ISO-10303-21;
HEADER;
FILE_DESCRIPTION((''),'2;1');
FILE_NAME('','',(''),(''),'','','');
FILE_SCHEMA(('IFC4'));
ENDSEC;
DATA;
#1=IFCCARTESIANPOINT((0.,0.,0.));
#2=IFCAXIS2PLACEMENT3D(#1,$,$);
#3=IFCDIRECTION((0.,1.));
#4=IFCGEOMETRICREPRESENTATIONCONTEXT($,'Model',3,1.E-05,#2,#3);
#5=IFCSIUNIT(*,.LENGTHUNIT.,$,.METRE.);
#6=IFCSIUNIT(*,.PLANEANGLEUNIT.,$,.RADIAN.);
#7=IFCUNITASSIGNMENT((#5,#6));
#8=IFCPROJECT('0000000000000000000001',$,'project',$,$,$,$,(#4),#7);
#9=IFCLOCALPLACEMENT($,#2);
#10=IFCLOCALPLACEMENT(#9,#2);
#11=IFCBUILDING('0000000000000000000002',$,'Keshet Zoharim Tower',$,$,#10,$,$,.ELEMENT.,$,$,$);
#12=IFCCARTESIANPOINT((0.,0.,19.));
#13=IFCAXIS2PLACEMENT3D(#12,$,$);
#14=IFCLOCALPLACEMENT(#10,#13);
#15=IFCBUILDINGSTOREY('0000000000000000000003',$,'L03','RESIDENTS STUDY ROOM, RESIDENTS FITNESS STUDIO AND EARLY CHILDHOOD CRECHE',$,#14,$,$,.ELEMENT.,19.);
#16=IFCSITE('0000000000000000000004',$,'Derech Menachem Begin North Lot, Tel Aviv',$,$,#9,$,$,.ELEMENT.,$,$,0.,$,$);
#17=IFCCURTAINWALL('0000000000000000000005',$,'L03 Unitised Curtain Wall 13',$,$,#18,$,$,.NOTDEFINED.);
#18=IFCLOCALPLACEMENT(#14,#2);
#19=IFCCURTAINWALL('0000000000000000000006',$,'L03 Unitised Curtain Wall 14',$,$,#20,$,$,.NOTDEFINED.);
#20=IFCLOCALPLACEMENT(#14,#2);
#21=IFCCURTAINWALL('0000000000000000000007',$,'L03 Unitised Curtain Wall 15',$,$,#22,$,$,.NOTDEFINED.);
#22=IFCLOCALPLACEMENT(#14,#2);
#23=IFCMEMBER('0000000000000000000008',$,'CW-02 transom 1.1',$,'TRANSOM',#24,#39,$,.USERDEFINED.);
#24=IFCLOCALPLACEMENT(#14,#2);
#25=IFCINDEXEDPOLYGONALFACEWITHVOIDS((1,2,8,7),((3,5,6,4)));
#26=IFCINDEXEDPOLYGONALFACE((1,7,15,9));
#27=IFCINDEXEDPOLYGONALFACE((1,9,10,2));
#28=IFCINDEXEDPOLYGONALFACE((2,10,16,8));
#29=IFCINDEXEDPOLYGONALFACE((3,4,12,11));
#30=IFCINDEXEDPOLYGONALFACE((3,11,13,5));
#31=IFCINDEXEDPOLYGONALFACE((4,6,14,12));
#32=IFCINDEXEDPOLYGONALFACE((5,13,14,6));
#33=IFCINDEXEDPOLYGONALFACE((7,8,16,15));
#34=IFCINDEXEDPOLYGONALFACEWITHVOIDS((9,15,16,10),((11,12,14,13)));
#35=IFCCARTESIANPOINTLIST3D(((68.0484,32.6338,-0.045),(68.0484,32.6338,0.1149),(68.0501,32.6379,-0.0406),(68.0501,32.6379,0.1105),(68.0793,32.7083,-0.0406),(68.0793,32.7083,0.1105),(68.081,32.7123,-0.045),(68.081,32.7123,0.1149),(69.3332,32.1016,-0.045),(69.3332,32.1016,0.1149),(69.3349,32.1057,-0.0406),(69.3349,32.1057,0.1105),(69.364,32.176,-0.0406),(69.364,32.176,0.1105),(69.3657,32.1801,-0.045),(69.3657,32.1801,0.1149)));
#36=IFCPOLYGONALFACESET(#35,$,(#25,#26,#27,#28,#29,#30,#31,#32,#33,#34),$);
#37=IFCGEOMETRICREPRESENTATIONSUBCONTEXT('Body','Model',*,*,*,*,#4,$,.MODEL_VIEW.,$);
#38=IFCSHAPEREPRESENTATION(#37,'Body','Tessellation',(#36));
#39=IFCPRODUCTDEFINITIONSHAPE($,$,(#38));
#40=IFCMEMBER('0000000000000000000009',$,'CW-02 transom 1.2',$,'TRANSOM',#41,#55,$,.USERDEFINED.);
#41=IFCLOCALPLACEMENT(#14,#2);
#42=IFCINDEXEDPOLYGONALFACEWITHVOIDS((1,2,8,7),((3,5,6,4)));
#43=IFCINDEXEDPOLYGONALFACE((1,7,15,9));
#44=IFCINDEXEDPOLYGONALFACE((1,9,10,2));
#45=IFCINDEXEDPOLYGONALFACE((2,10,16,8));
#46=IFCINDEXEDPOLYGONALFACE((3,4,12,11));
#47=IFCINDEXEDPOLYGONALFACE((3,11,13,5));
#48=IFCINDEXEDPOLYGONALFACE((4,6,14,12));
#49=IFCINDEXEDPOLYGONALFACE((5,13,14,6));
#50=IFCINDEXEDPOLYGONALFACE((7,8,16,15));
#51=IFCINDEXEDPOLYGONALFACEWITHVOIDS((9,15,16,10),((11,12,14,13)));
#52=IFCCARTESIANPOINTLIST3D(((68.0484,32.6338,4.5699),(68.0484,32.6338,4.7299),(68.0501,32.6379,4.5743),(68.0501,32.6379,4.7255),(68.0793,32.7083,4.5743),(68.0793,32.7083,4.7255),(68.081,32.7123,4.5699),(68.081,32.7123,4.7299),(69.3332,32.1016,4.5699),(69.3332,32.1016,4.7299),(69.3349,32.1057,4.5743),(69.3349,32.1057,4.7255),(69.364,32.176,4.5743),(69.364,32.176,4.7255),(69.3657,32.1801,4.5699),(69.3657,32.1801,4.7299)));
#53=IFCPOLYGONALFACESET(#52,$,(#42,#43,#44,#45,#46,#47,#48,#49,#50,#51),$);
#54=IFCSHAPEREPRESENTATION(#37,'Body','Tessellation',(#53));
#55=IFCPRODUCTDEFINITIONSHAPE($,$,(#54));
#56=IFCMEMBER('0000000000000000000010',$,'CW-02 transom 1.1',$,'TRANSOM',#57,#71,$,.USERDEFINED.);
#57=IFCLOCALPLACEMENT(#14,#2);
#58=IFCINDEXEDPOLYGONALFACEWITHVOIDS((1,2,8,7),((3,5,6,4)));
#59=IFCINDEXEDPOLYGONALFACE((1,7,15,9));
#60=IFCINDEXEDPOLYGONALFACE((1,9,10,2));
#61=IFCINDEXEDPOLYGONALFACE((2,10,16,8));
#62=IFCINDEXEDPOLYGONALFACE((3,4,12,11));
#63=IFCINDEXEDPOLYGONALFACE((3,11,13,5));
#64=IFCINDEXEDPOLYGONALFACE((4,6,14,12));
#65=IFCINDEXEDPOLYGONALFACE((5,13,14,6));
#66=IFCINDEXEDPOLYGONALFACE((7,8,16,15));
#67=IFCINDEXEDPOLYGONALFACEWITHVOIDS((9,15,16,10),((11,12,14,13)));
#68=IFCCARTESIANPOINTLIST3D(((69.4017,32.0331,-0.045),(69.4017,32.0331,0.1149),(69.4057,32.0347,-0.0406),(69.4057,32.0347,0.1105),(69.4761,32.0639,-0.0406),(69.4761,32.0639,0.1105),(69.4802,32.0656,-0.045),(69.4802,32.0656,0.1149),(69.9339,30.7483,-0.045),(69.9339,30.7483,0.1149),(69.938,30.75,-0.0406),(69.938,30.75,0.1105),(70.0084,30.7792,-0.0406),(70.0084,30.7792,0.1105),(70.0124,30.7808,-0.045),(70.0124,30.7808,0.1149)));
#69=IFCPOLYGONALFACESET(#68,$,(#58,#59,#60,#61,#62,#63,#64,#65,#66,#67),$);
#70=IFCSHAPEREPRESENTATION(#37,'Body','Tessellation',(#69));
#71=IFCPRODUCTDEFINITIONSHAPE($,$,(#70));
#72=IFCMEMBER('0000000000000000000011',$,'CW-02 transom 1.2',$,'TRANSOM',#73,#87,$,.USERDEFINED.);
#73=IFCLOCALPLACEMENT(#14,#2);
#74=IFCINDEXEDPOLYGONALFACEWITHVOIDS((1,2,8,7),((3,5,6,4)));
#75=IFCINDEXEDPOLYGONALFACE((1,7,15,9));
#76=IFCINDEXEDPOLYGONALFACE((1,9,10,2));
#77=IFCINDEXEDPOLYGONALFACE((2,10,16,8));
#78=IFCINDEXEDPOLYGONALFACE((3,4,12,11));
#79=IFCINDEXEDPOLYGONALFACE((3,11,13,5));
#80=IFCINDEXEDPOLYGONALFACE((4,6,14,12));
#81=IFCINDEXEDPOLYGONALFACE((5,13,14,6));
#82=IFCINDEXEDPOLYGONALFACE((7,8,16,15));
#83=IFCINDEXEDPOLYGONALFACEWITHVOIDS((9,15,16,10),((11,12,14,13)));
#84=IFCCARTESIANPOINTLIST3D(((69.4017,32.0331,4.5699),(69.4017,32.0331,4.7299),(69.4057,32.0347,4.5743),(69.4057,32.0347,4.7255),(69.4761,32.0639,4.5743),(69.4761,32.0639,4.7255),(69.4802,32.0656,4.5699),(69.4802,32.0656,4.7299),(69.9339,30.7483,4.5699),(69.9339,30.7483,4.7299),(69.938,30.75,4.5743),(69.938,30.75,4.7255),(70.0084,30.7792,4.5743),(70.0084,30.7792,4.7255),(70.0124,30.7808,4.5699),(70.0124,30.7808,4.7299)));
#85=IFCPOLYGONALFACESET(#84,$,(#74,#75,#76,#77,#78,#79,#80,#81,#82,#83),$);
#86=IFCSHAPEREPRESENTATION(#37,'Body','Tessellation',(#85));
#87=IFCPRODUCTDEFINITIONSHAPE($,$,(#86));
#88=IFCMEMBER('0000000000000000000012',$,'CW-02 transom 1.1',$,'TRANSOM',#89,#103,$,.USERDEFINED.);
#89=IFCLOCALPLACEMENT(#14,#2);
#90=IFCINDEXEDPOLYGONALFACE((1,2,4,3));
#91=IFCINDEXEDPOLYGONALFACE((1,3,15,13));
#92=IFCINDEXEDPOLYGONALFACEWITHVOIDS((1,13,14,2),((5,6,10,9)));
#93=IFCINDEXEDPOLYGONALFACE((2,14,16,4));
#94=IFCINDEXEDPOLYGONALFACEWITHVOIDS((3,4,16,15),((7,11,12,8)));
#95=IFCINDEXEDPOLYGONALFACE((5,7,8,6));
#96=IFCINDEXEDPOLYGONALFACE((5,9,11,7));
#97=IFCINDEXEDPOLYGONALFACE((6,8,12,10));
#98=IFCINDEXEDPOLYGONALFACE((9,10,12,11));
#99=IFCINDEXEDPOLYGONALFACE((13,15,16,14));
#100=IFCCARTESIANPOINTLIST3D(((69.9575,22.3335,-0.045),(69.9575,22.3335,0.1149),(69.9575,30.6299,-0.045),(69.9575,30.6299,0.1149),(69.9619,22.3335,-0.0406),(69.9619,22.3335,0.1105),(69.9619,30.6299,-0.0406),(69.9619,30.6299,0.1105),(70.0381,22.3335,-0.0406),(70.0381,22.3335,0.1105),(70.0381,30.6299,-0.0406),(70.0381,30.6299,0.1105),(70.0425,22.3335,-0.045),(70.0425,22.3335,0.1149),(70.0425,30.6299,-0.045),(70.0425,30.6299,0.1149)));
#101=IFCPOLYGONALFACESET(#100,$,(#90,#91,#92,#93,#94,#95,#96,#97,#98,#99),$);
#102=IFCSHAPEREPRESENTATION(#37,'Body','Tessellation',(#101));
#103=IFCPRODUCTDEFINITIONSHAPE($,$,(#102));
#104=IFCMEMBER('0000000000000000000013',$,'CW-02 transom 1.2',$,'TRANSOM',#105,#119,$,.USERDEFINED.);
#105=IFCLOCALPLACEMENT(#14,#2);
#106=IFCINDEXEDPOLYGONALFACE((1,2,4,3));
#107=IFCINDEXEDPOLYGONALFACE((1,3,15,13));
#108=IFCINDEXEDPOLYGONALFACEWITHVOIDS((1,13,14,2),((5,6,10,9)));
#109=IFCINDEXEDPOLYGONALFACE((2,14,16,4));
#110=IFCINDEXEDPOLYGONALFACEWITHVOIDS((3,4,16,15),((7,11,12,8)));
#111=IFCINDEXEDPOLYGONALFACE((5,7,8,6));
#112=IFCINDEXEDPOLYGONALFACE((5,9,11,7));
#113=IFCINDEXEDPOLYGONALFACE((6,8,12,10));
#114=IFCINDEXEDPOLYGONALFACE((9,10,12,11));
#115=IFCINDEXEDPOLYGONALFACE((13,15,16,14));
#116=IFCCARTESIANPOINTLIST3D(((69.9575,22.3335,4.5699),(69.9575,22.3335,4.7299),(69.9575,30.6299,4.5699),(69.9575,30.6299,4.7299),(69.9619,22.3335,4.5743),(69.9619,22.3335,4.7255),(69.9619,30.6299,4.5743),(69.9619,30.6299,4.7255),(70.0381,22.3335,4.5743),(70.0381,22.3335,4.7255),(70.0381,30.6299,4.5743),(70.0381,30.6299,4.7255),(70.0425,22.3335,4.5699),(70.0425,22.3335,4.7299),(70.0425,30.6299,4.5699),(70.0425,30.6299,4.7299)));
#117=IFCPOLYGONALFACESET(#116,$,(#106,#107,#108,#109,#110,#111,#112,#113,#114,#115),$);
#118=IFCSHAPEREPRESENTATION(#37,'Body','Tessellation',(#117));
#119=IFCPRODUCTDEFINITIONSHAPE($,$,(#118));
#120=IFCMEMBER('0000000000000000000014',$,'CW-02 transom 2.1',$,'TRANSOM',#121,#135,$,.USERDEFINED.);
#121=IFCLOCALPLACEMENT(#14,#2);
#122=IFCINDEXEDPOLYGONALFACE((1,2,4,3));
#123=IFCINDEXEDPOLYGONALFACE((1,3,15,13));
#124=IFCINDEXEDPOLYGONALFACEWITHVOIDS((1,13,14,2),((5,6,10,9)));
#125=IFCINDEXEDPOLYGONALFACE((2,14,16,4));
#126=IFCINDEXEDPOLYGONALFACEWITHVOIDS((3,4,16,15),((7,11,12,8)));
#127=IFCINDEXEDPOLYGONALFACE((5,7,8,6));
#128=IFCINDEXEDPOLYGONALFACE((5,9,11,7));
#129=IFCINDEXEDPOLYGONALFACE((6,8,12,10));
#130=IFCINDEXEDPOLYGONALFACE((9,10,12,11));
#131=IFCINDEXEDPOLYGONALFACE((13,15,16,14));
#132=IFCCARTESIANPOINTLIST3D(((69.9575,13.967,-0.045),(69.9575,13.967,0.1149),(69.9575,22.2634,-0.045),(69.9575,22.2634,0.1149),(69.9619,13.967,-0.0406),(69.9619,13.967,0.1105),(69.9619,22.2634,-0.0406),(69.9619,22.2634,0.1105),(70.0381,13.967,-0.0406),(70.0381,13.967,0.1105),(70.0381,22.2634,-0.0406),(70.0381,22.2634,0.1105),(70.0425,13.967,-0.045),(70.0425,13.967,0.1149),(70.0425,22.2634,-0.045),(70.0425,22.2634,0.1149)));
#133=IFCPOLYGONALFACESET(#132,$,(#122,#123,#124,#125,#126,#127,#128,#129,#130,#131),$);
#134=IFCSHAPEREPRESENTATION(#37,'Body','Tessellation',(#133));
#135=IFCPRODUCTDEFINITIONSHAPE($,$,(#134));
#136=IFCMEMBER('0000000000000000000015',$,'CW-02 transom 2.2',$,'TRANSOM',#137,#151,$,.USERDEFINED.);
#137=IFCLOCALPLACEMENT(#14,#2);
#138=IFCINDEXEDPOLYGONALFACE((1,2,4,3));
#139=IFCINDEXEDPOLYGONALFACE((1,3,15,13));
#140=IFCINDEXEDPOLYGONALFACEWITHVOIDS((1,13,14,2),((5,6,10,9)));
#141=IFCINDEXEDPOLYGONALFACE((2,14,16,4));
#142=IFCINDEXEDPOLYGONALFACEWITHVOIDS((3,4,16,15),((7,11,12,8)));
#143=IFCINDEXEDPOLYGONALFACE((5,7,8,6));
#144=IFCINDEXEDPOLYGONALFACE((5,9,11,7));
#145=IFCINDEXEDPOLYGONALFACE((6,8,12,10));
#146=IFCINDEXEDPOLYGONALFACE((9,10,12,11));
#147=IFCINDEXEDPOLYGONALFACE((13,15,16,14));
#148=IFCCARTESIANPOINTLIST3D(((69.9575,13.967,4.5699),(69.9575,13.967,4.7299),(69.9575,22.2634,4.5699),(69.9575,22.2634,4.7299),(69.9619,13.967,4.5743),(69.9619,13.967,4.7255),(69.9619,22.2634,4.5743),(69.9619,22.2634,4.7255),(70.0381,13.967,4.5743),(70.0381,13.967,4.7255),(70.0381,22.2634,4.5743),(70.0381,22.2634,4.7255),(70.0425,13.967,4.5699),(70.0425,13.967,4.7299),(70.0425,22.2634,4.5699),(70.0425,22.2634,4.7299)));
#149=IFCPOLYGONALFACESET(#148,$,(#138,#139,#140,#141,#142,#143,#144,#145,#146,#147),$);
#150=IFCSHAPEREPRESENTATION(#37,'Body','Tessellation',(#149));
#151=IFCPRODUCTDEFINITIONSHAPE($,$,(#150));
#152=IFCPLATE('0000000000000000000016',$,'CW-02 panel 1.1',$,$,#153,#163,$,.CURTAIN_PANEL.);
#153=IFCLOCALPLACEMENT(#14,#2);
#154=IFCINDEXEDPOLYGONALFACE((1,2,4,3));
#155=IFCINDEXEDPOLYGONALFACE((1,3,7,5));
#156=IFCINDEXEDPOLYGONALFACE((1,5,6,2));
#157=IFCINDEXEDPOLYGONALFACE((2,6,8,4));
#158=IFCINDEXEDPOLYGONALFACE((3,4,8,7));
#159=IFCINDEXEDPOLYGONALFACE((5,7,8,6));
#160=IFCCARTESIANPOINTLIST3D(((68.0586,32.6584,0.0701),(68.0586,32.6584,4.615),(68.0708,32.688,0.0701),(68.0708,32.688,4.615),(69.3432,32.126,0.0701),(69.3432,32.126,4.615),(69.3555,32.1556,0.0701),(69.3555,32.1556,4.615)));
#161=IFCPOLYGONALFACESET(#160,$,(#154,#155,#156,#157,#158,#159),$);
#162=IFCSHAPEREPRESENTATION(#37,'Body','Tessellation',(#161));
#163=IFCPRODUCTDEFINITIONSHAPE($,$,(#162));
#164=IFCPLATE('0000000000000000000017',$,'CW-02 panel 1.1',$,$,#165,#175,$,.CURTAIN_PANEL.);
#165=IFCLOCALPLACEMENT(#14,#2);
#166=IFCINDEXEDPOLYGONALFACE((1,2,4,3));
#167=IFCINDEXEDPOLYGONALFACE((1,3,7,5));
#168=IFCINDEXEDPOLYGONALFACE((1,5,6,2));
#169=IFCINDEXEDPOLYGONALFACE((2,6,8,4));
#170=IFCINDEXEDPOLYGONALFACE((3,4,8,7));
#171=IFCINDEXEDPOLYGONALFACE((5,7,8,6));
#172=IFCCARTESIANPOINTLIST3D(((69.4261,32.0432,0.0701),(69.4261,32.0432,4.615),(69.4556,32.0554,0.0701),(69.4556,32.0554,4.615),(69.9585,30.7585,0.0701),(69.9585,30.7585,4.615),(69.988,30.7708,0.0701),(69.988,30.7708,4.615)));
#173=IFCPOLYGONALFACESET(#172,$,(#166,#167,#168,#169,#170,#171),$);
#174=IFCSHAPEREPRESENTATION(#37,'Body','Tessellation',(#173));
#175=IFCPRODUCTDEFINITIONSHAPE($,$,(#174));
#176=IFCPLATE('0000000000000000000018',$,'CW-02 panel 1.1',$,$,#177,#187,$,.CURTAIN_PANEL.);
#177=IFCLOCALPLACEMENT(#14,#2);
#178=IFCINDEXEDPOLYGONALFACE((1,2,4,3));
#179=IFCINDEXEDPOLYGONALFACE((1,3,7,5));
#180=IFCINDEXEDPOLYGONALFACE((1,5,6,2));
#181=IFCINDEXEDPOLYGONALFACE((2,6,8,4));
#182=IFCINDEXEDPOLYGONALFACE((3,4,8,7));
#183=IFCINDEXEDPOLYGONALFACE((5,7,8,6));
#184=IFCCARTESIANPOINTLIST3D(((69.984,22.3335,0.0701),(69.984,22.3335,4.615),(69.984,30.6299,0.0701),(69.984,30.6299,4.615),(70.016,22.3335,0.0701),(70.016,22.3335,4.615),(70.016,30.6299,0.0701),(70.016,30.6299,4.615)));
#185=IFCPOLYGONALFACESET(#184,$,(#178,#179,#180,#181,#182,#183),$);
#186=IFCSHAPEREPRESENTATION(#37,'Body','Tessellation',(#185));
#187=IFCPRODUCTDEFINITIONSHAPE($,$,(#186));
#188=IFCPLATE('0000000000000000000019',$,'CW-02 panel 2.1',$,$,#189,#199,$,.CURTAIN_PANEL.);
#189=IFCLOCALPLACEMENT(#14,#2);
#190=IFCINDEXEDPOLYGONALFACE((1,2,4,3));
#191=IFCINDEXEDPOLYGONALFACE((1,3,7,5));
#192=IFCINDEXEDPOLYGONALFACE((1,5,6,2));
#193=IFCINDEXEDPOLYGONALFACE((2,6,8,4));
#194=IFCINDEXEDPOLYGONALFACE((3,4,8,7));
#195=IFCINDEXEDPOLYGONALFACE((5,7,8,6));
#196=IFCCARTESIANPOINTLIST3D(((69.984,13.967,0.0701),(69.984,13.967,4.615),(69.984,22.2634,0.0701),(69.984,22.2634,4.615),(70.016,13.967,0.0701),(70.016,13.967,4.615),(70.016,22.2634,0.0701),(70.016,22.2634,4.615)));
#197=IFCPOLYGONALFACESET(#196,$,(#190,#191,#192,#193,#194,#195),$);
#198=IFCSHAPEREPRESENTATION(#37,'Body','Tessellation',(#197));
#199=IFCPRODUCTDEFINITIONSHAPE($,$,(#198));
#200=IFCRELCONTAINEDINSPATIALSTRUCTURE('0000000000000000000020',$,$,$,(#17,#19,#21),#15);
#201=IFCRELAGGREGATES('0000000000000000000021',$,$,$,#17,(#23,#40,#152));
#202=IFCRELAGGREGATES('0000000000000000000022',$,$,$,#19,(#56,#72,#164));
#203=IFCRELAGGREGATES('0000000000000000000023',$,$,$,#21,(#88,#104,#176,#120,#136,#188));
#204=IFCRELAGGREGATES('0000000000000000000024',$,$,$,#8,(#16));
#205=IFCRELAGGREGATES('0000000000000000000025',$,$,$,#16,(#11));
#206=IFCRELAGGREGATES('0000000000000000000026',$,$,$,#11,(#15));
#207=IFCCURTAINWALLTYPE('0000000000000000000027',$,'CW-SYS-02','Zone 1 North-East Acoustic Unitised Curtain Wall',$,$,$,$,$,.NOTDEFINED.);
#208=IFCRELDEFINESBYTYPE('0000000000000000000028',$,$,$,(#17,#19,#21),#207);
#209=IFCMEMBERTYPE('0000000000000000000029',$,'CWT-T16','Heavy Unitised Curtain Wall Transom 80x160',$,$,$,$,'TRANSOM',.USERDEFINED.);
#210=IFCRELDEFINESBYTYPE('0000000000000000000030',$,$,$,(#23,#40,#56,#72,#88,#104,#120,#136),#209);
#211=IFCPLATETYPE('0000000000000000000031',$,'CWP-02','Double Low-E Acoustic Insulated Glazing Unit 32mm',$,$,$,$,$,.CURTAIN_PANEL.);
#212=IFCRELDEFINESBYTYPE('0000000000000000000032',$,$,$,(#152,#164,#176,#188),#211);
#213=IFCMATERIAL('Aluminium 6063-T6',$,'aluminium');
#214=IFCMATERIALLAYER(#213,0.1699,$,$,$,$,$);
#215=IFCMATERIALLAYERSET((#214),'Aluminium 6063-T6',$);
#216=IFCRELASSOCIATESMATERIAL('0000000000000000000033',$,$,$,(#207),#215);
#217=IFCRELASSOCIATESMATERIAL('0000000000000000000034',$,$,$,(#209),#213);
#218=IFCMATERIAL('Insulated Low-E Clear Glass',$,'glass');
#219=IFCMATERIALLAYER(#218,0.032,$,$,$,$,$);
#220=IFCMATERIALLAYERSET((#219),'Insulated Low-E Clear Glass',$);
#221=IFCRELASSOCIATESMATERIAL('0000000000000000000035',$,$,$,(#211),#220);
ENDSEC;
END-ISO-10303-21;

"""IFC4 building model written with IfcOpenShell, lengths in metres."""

from ifc_helpers import new_model, si_unit, direction, frame, origin, origin_2d, place, context, subcontext, project, spatial, rectangle, hollow_rectangle, extrude, material, layer, layer_set, material_profile, profile_set, type_object, element, aggregate, save


model = new_model("IFC4")

# Units and contexts
model_context = context("Model", 3, precision=1e-05, world=origin(), true_north=direction((0.0, 1.0)))
body_context = subcontext(model_context, "Body", "Model", "MODEL_VIEW")
ifc_project = project(units=[si_unit("LENGTHUNIT", "METRE"), si_unit("PLANEANGLEUNIT", "RADIAN")], contexts=[model_context])

# Site, building, storey
site_placement = place(None, origin())
site = spatial("IfcSite", under=ifc_project, at=site_placement, Name="Derech Menachem Begin North Lot, Tel Aviv", CompositionType="ELEMENT", RefElevation=0.0)
building_placement = place(site_placement, origin())
building = spatial("IfcBuilding", under=site, at=building_placement, Name="Keshet Zoharim Tower", CompositionType="ELEMENT")
storey_placement = place(building_placement, frame((0.0, 0.0, 19.0)))
storey = spatial("IfcBuildingStorey", under=building, at=storey_placement, Name="L03", Description="RESIDENTS STUDY ROOM, RESIDENTS FITNESS STUDIO AND EARLY CHILDHOOD CRECHE", CompositionType="ELEMENT", Elevation=19.0)

# Curtain wall
ifc_material_1 = material(Name="Aluminium 6063-T6", Category="aluminium")
ifc_layer_1 = layer(ifc_material_1, 0.1699)
ifc_layer_set_1 = layer_set([ifc_layer_1], Name="Aluminium 6063-T6")
curtain_wall_type = type_object("IfcCurtainWallType", Name="CW-SYS-02", Description="Zone 1 North-East Acoustic Unitised Curtain Wall", PredefinedType="NOTDEFINED", material=ifc_layer_set_1)
curtain_wall_1_placement = place(storey_placement, origin())
curtain_wall_1 = element("IfcCurtainWall", 1, at=curtain_wall_1_placement, inside=storey, type_object=curtain_wall_type, Name="L03 Unitised Curtain Wall 13", PredefinedType="NOTDEFINED")

# Curtain walls
curtain_wall_2_placement = place(storey_placement, origin())
curtain_wall_2 = element("IfcCurtainWall", 2, at=curtain_wall_2_placement, inside=storey, type_object=curtain_wall_type, Name="L03 Unitised Curtain Wall 14", PredefinedType="NOTDEFINED")
curtain_wall_3_placement = place(storey_placement, origin())
curtain_wall_3 = element("IfcCurtainWall", 3, at=curtain_wall_3_placement, inside=storey, type_object=curtain_wall_type, Name="L03 Unitised Curtain Wall 15", PredefinedType="NOTDEFINED")

# Members
ifc_material_profile_1 = material_profile(ifc_material_1, hollow_rectangle(XDim=0.085, YDim=0.1599, WallThickness=0.0044, at=origin_2d()), Name="TRN-85x160")
ifc_profile_set_1 = profile_set([ifc_material_profile_1], Name="Aluminium 6063-T6")
member_type_1 = type_object("IfcMemberType", Name="CWT-T16", Description="Heavy Unitised Curtain Wall Transom 80x160", ElementType="TRANSOM", PredefinedType="USERDEFINED", material=ifc_profile_set_1)
member_1_placement = place(storey_placement, frame((68.0647, 32.6731, 0.0349), z_axis=(0.923854, -0.382745, 0.0), x_axis=(0.382745, 0.923854, 0.0)))
member_1 = element("IfcMember", 4, at=member_1_placement, type_object=member_type_1, Name="CW-02 transom 1.1", ObjectType="TRANSOM", PredefinedType="USERDEFINED", context=body_context, shape_type="SweptSolid", body=[
    extrude(hollow_rectangle(XDim=0.085, YDim=0.1599, WallThickness=0.0044, at=origin_2d()), origin(), (0.0, 0.0, 1.0), 1.3906),
])
member_2_placement = place(storey_placement, frame((68.0647, 32.6731, 4.6499), z_axis=(0.923854, -0.382745, 0.0), x_axis=(0.382745, 0.923854, 0.0)))
member_2 = element("IfcMember", 5, at=member_2_placement, type_object=member_type_1, Name="CW-02 transom 1.2", ObjectType="TRANSOM", PredefinedType="USERDEFINED", context=body_context, shape_type="SweptSolid", body=[
    extrude(hollow_rectangle(XDim=0.085, YDim=0.1599, WallThickness=0.0044, at=origin_2d()), origin(), (0.0, 0.0, 1.0), 1.3906),
])
member_3_placement = place(storey_placement, frame((69.4409, 32.0493, 0.0349), z_axis=(0.382745, -0.923854, 0.0), x_axis=(0.923854, 0.382745, 0.0)))
member_3 = element("IfcMember", 6, at=member_3_placement, type_object=member_type_1, Name="CW-02 transom 1.1", ObjectType="TRANSOM", PredefinedType="USERDEFINED", context=body_context, shape_type="SweptSolid", body=[
    extrude(hollow_rectangle(XDim=0.085, YDim=0.1599, WallThickness=0.0044, at=origin_2d()), origin(), (0.0, 0.0, 1.0), 1.3906),
])
member_4_placement = place(storey_placement, frame((69.4409, 32.0493, 4.6499), z_axis=(0.382745, -0.923854, 0.0), x_axis=(0.923854, 0.382745, 0.0)))
member_4 = element("IfcMember", 7, at=member_4_placement, type_object=member_type_1, Name="CW-02 transom 1.2", ObjectType="TRANSOM", PredefinedType="USERDEFINED", context=body_context, shape_type="SweptSolid", body=[
    extrude(hollow_rectangle(XDim=0.085, YDim=0.1599, WallThickness=0.0044, at=origin_2d()), origin(), (0.0, 0.0, 1.0), 1.3906),
])
member_5_placement = place(storey_placement, frame((70.0, 30.6299, 0.0349), z_axis=(0.0, -1.0, 0.0), x_axis=(1.0, 0.0, 0.0)))
member_5 = element("IfcMember", 8, at=member_5_placement, type_object=member_type_1, Name="CW-02 transom 1.1", ObjectType="TRANSOM", PredefinedType="USERDEFINED", context=body_context, shape_type="SweptSolid", body=[
    extrude(hollow_rectangle(XDim=0.085, YDim=0.1599, WallThickness=0.0044, at=origin_2d()), origin(), (0.0, 0.0, 1.0), 8.2964),
])
member_6_placement = place(storey_placement, frame((70.0, 30.6299, 4.6499), z_axis=(0.0, -1.0, 0.0), x_axis=(1.0, 0.0, 0.0)))
member_6 = element("IfcMember", 9, at=member_6_placement, type_object=member_type_1, Name="CW-02 transom 1.2", ObjectType="TRANSOM", PredefinedType="USERDEFINED", context=body_context, shape_type="SweptSolid", body=[
    extrude(hollow_rectangle(XDim=0.085, YDim=0.1599, WallThickness=0.0044, at=origin_2d()), origin(), (0.0, 0.0, 1.0), 8.2964),
])
member_7_placement = place(storey_placement, frame((70.0, 22.2634, 0.0349), z_axis=(0.0, -1.0, 0.0), x_axis=(1.0, 0.0, 0.0)))
member_7 = element("IfcMember", 10, at=member_7_placement, type_object=member_type_1, Name="CW-02 transom 2.1", ObjectType="TRANSOM", PredefinedType="USERDEFINED", context=body_context, shape_type="SweptSolid", body=[
    extrude(hollow_rectangle(XDim=0.085, YDim=0.1599, WallThickness=0.0044, at=origin_2d()), origin(), (0.0, 0.0, 1.0), 8.2964),
])
member_8_placement = place(storey_placement, frame((70.0, 22.2634, 4.6499), z_axis=(0.0, -1.0, 0.0), x_axis=(1.0, 0.0, 0.0)))
member_8 = element("IfcMember", 11, at=member_8_placement, type_object=member_type_1, Name="CW-02 transom 2.2", ObjectType="TRANSOM", PredefinedType="USERDEFINED", context=body_context, shape_type="SweptSolid", body=[
    extrude(hollow_rectangle(XDim=0.085, YDim=0.1599, WallThickness=0.0044, at=origin_2d()), origin(), (0.0, 0.0, 1.0), 8.2964),
])

# Plates
ifc_material_2 = material(Name="Insulated Low-E Clear Glass", Category="glass")
ifc_layer_2 = layer(ifc_material_2, 0.032)
ifc_layer_set_2 = layer_set([ifc_layer_2], Name="Insulated Low-E Clear Glass")
plate_type = type_object("IfcPlateType", Name="CWP-02", Description="Double Low-E Acoustic Insulated Glazing Unit 32mm", PredefinedType="CURTAIN_PANEL", material=ifc_layer_set_2)
plate_1_placement = place(storey_placement, frame((68.707, 32.407, 0.0701), z_axis=(0.0, 0.0, 1.0), x_axis=(0.92381, -0.382852, 0.0)))
plate_1 = element("IfcPlate", 12, at=plate_1_placement, type_object=plate_type, Name="CW-02 panel 1.1", PredefinedType="CURTAIN_PANEL", context=body_context, shape_type="SweptSolid", body=[
    extrude(rectangle(XDim=1.3906, YDim=0.032, at=origin_2d()), origin(), (0.0, 0.0, 1.0), 4.5449),
])
aggregate(curtain_wall_1, [member_1, member_2, plate_1])
plate_2_placement = place(storey_placement, frame((69.707, 31.407, 0.0701), z_axis=(0.0, 0.0, 1.0), x_axis=(0.382852, -0.92381, 0.0)))
plate_2 = element("IfcPlate", 13, at=plate_2_placement, type_object=plate_type, Name="CW-02 panel 1.1", PredefinedType="CURTAIN_PANEL", context=body_context, shape_type="SweptSolid", body=[
    extrude(rectangle(XDim=1.3906, YDim=0.032, at=origin_2d()), origin(), (0.0, 0.0, 1.0), 4.5449),
])
aggregate(curtain_wall_2, [member_3, member_4, plate_2])
plate_3_placement = place(storey_placement, frame((70.0, 26.4817, 0.0701), z_axis=(0.0, 0.0, 1.0), x_axis=(0.0, -1.0, 0.0)))
plate_3 = element("IfcPlate", 14, at=plate_3_placement, type_object=plate_type, Name="CW-02 panel 1.1", PredefinedType="CURTAIN_PANEL", context=body_context, shape_type="SweptSolid", body=[
    extrude(rectangle(XDim=8.2964, YDim=0.032, at=origin_2d()), origin(), (0.0, 0.0, 1.0), 4.5449),
])
plate_4_placement = place(storey_placement, frame((70.0, 18.1152, 0.0701), z_axis=(0.0, 0.0, 1.0), x_axis=(0.0, -1.0, 0.0)))
plate_4 = element("IfcPlate", 15, at=plate_4_placement, type_object=plate_type, Name="CW-02 panel 2.1", PredefinedType="CURTAIN_PANEL", context=body_context, shape_type="SweptSolid", body=[
    extrude(rectangle(XDim=8.2964, YDim=0.032, at=origin_2d()), origin(), (0.0, 0.0, 1.0), 4.5449),
])
aggregate(curtain_wall_3, [member_5, member_6, plate_3, member_7, member_8, plate_4])

save(model, "model.ifc")
